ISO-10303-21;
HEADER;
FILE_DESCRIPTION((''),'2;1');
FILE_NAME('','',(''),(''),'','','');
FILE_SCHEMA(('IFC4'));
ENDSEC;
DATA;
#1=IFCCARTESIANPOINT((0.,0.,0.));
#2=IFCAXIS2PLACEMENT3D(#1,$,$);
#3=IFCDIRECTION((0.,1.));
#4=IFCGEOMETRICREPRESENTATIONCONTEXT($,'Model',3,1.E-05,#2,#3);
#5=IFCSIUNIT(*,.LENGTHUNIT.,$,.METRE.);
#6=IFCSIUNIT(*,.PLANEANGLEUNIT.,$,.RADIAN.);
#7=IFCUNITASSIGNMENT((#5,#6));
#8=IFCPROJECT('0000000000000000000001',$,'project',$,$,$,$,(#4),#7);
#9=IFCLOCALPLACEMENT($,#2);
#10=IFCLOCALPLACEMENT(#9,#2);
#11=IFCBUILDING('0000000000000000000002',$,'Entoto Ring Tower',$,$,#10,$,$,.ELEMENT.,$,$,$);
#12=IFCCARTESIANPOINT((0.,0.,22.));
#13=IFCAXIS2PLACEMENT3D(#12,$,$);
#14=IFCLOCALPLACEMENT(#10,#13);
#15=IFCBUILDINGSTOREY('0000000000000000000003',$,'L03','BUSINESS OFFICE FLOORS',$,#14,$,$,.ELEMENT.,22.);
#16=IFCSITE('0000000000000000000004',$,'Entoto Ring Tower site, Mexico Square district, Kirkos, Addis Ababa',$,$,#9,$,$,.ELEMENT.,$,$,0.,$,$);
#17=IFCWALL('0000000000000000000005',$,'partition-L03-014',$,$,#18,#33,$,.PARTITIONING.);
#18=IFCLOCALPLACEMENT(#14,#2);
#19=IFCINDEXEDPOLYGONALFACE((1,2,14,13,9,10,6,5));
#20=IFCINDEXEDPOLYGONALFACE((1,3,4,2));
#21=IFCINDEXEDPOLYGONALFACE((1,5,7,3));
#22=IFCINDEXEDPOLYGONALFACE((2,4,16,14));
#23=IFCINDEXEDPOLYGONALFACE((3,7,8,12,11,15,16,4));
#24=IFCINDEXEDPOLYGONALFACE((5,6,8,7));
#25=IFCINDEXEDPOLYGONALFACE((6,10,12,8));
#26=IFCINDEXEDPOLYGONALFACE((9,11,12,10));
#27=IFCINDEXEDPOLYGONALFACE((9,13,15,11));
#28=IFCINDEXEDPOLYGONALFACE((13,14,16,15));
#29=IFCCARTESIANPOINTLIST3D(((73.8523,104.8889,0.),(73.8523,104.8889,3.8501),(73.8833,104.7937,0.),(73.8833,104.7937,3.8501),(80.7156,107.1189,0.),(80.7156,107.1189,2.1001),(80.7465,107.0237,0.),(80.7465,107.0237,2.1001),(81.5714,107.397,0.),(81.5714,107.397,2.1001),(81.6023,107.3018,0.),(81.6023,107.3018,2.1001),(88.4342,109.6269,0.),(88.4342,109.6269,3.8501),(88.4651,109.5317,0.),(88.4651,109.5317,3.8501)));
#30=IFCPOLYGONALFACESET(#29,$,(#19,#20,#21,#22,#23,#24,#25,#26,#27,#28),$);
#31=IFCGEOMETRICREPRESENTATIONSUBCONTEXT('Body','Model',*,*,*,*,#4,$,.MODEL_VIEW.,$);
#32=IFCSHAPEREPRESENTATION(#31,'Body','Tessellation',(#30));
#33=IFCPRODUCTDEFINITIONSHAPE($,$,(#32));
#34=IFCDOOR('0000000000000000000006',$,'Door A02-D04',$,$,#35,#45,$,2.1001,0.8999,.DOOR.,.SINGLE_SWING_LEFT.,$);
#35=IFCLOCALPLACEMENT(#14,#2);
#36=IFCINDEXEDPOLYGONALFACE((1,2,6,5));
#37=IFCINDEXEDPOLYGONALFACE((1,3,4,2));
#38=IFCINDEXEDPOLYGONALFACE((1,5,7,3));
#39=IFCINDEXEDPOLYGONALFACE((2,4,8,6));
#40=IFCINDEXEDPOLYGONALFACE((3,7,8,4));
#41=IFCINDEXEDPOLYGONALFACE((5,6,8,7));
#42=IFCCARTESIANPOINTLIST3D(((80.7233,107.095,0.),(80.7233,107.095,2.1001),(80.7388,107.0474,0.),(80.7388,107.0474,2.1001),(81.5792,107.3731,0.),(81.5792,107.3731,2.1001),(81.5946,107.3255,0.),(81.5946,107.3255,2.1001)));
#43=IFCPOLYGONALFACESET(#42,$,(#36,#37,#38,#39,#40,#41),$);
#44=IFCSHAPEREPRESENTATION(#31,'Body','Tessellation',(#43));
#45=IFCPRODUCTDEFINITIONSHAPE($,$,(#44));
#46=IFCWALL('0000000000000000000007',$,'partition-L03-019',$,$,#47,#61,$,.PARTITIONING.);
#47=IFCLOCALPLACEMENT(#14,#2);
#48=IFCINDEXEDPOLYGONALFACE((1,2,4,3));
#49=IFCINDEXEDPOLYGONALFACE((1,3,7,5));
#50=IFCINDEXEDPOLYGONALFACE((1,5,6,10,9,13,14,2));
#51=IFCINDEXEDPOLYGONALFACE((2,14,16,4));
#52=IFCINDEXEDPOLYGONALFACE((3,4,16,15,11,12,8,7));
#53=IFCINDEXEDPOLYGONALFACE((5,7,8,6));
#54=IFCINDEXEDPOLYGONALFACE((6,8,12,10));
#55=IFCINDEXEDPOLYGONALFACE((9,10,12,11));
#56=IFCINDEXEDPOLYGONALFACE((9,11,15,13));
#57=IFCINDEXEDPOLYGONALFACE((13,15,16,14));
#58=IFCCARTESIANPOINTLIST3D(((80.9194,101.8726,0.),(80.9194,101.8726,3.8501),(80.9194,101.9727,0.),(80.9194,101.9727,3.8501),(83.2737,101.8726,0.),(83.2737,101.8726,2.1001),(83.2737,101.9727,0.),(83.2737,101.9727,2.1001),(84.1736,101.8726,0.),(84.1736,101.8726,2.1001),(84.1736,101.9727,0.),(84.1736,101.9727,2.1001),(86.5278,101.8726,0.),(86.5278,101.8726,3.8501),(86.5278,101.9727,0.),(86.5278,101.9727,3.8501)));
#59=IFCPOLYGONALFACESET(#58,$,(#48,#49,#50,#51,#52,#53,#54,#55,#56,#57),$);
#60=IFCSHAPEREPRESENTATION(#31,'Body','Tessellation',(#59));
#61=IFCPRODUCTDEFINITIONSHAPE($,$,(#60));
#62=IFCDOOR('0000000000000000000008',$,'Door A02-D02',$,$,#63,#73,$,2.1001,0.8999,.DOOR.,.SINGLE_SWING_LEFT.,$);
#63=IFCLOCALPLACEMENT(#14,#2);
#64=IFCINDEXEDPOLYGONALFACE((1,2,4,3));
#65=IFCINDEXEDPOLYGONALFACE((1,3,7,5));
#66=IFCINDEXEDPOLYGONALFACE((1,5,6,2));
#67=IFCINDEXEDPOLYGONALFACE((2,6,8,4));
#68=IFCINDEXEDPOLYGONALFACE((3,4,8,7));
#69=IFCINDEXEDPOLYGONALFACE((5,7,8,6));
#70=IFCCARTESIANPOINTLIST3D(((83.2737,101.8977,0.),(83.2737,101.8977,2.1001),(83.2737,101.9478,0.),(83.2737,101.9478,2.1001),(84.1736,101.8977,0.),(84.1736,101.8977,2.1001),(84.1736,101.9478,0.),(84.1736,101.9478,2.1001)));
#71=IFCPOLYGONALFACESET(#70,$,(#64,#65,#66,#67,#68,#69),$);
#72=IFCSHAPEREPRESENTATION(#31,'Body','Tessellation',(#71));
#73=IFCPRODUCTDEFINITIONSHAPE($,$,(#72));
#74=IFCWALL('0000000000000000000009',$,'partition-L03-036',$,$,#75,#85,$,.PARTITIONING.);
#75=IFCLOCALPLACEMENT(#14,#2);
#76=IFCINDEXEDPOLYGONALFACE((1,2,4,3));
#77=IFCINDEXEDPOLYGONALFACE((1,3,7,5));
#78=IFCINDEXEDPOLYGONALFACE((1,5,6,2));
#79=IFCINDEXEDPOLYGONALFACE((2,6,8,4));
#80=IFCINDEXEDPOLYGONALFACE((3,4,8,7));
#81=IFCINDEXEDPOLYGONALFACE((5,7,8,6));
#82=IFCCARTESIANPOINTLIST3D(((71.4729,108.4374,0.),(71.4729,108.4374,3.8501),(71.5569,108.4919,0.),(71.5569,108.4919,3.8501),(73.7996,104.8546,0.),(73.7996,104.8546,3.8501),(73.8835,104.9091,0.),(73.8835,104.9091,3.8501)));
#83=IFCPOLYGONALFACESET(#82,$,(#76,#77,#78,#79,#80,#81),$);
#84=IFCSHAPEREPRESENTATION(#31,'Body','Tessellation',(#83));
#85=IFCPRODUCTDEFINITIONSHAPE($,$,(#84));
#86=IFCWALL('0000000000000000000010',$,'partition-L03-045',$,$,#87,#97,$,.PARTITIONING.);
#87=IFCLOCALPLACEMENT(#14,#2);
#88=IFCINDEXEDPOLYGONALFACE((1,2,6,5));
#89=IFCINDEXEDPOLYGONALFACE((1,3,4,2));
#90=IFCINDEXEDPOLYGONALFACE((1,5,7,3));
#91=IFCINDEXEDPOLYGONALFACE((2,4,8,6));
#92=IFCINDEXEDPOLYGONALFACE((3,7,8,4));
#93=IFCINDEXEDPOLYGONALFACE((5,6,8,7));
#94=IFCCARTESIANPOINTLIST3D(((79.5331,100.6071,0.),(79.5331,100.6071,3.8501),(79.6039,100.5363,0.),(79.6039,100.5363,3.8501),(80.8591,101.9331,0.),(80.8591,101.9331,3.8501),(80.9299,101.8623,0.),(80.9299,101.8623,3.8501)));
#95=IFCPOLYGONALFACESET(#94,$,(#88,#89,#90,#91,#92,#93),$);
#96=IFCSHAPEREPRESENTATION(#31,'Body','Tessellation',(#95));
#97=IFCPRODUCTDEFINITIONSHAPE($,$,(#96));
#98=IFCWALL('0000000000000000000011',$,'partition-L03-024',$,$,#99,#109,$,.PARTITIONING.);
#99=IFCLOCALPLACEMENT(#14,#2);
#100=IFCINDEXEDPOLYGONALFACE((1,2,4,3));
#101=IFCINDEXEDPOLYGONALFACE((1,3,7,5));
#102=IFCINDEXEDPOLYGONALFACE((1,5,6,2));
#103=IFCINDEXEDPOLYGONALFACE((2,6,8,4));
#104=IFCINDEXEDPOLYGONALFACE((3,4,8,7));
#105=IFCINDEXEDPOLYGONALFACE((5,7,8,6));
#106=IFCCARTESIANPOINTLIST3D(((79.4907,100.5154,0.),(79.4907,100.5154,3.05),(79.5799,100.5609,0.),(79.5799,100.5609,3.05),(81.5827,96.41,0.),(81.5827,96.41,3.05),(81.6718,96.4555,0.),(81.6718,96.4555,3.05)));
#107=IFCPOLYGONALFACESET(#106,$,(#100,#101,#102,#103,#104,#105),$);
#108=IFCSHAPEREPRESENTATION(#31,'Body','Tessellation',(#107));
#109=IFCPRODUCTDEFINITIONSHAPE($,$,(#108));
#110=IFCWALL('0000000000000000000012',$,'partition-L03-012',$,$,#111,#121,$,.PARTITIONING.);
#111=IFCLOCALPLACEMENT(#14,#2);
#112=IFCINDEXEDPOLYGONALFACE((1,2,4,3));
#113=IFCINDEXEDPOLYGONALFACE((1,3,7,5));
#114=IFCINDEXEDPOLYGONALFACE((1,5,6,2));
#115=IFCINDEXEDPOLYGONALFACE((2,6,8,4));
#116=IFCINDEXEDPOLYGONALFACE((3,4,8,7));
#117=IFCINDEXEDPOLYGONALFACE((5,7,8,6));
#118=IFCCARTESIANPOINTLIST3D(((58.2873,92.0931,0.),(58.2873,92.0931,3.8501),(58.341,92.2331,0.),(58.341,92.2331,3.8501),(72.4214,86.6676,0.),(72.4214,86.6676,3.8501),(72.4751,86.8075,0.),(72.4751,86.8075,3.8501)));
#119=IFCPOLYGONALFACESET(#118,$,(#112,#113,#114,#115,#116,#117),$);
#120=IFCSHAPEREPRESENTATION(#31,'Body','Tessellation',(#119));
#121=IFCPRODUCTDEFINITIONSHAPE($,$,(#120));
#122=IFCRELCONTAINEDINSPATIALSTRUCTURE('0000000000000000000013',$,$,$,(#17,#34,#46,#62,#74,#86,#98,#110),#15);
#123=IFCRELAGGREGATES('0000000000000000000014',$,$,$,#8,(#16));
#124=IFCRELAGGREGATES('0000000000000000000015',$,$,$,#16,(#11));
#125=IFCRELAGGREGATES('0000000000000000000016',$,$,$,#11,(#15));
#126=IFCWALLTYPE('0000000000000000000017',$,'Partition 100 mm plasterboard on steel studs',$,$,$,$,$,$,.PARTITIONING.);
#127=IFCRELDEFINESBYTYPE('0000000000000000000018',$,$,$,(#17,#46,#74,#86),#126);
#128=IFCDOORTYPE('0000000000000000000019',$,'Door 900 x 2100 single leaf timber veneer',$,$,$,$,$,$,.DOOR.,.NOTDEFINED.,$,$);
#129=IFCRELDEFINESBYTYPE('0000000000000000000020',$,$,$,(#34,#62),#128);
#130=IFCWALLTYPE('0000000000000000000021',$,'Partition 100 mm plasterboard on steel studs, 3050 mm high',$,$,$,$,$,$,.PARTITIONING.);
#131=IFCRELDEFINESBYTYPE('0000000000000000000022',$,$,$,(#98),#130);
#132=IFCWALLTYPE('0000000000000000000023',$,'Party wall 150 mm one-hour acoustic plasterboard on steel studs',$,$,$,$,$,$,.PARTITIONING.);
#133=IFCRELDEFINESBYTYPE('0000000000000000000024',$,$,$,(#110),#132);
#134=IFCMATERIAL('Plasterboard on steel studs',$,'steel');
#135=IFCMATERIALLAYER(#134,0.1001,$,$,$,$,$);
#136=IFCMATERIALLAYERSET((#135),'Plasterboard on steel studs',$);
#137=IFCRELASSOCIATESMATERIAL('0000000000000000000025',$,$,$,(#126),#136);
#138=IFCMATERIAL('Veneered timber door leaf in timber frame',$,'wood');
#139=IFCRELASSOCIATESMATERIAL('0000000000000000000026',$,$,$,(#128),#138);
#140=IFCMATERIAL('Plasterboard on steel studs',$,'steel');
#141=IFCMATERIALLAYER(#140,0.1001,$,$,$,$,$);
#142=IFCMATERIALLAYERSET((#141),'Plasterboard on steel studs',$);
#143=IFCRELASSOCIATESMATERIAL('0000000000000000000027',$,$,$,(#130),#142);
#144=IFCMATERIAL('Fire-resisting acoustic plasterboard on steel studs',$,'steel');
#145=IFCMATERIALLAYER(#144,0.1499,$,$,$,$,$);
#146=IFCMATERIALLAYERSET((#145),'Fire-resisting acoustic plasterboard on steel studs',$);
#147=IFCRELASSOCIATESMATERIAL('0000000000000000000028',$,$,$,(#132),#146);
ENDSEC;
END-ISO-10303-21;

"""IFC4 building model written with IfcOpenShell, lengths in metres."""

from ifc_helpers import new_model, si_unit, direction, frame, frame_2d, origin, place, context, subcontext, project, spatial, rectangle, extrude, material, layer, layer_set, type_object, element, fill, save


model = new_model("IFC4")

# Units and contexts
model_context = context("Model", 3, precision=1e-05, world=origin(), true_north=direction((0.0, 1.0)))
body_context = subcontext(model_context, "Body", "Model", "MODEL_VIEW")
ifc_project = project(units=[si_unit("LENGTHUNIT", "METRE"), si_unit("PLANEANGLEUNIT", "RADIAN")], contexts=[model_context])

# Site, building, storey
site_placement = place(None, origin())
site = spatial("IfcSite", under=ifc_project, at=site_placement, Name="Entoto Ring Tower site, Mexico Square district, Kirkos, Addis Ababa", CompositionType="ELEMENT", RefElevation=0.0)
building_placement = place(site_placement, origin())
building = spatial("IfcBuilding", under=site, at=building_placement, Name="Entoto Ring Tower", CompositionType="ELEMENT")
storey_placement = place(building_placement, frame((0.0, 0.0, 22.0)))
storey = spatial("IfcBuildingStorey", under=building, at=storey_placement, Name="L03", Description="BUSINESS OFFICE FLOORS", CompositionType="ELEMENT", Elevation=22.0)

# Walls, openings, doors
ifc_material_1 = material(Name="Plasterboard on steel studs", Category="steel")
ifc_layer_1 = layer(ifc_material_1, 0.1001)
ifc_layer_set_1 = layer_set([ifc_layer_1], Name="Plasterboard on steel studs")
wall_type_1 = type_object("IfcWallType", Name="Partition 100 mm plasterboard on steel studs", PredefinedType="PARTITIONING", material=ifc_layer_set_1)
wall_1_placement = place(storey_placement, frame((73.8679, 104.8413, 0.0), z_axis=(0.0, 0.0, 1.0), x_axis=(0.951054, 0.309025, 0.0)))
wall_1 = element("IfcWall", 1, at=wall_1_placement, inside=storey, type_object=wall_type_1, Name="partition-L03-014", PredefinedType="PARTITIONING", context=body_context, shape_type="SweptSolid", body=[
    extrude(rectangle(XDim=15.3323, YDim=0.1001, at=frame_2d((7.666, 0.0))), origin(), (0.0, 0.0, 1.0), 3.8501),
])
opening_1_placement = place(wall_1_placement, frame((7.2163, 0.0, 0.0)))
opening_1 = element("IfcOpeningElement", 2, at=opening_1_placement, cuts=wall_1, PredefinedType="OPENING", context=body_context, shape_type="SweptSolid", body=[
    extrude(rectangle(XDim=0.8999, YDim=2.1001, at=frame_2d((0.45, 1.05))), frame((0.0, 0.0601, 0.0), z_axis=(0.0, -1.0, 0.0), x_axis=(1.0, 0.0, 0.0)), (0.0, 0.0, 1.0), 0.1201),
])
ifc_material_2 = material(Name="Veneered timber door leaf in timber frame", Category="wood")
door_type_1 = type_object("IfcDoorType", Name="Door 900 x 2100 single leaf timber veneer", OperationType="NOTDEFINED", PredefinedType="DOOR", material=ifc_material_2)
door_1_placement = place(opening_1_placement, origin())
door_1 = element("IfcDoor", 3, at=door_1_placement, inside=storey, type_object=door_type_1, Name="Door A02-D04", OperationType="SINGLE_SWING_LEFT", OverallHeight=2.1001, OverallWidth=0.8999, PredefinedType="DOOR", context=body_context, shape_type="SweptSolid", body=[
    extrude(rectangle(XDim=0.8999, YDim=2.1001, at=frame_2d((0.45, 1.05))), frame((0.0, 0.0249, 0.0), z_axis=(0.0, -1.0, 0.0), x_axis=(1.0, 0.0, 0.0)), (0.0, 0.0, 1.0), 0.05),
])
fill(opening_1, door_1)
wall_2_placement = place(storey_placement, frame((80.9194, 101.9226, 0.0), z_axis=(0.0, 0.0, 1.0), x_axis=(1.0, 0.0, 0.0)))
wall_2 = element("IfcWall", 4, at=wall_2_placement, inside=storey, type_object=wall_type_1, Name="partition-L03-019", PredefinedType="PARTITIONING", context=body_context, shape_type="SweptSolid", body=[
    extrude(rectangle(XDim=5.6084, YDim=0.1001, at=frame_2d((2.8042, 0.0))), origin(), (0.0, 0.0, 1.0), 3.8501),
])
opening_2_placement = place(wall_2_placement, frame((2.3542, 0.0, 0.0)))
opening_2 = element("IfcOpeningElement", 5, at=opening_2_placement, cuts=wall_2, PredefinedType="OPENING", context=body_context, shape_type="SweptSolid", body=[
    extrude(rectangle(XDim=0.8999, YDim=2.1001, at=frame_2d((0.45, 1.05))), frame((0.0, 0.0601, 0.0), z_axis=(0.0, -1.0, 0.0), x_axis=(1.0, 0.0, 0.0)), (0.0, 0.0, 1.0), 0.1201),
])
door_2_placement = place(opening_2_placement, frame((0.8999, 0.0, 0.0), z_axis=(0.0, 0.0, 1.0), x_axis=(-1.0, 0.0, 0.0)))
door_2 = element("IfcDoor", 6, at=door_2_placement, inside=storey, type_object=door_type_1, Name="Door A02-D02", OperationType="SINGLE_SWING_LEFT", OverallHeight=2.1001, OverallWidth=0.8999, PredefinedType="DOOR", context=body_context, shape_type="SweptSolid", body=[
    extrude(rectangle(XDim=0.8999, YDim=2.1001, at=frame_2d((0.45, 1.05))), frame((0.0, 0.0249, 0.0), z_axis=(0.0, -1.0, 0.0), x_axis=(1.0, 0.0, 0.0)), (0.0, 0.0, 1.0), 0.05),
])
fill(opening_2, door_2)

# Walls
wall_3_placement = place(storey_placement, frame((73.8416, 104.8818, 0.0), z_axis=(0.0, 0.0, 1.0), x_axis=(-0.544637, 0.838672, 0.0)))
element("IfcWall", 7, at=wall_3_placement, inside=storey, type_object=wall_type_1, Name="partition-L03-036", PredefinedType="PARTITIONING", context=body_context, shape_type="SweptSolid", body=[
    extrude(rectangle(XDim=4.272, YDim=0.1001, at=frame_2d((2.136, 0.0))), origin(), (0.0, 0.0, 1.0), 3.8501),
])
wall_4_placement = place(storey_placement, frame((79.5686, 100.5718, 0.0), z_axis=(0.0, 0.0, 1.0), x_axis=(0.707107, 0.707107, 0.0)))
element("IfcWall", 8, at=wall_4_placement, inside=storey, type_object=wall_type_1, Name="partition-L03-045", PredefinedType="PARTITIONING", context=body_context, shape_type="SweptSolid", body=[
    extrude(rectangle(XDim=1.8752, YDim=0.1001, at=frame_2d((0.9375, 0.0))), origin(), (0.0, 0.0, 1.0), 3.8501),
])
ifc_material_3 = material(Name="Plasterboard on steel studs", Category="steel")
ifc_layer_2 = layer(ifc_material_3, 0.1001)
ifc_layer_set_2 = layer_set([ifc_layer_2], Name="Plasterboard on steel studs")
wall_type_2 = type_object("IfcWallType", Name="Partition 100 mm plasterboard on steel studs, 3050 mm high", PredefinedType="PARTITIONING", material=ifc_layer_set_2)
wall_5_placement = place(storey_placement, frame((81.6272, 96.4329, 0.0), z_axis=(0.0, 0.0, 1.0), x_axis=(-0.454025, 0.890989, 0.0)))
element("IfcWall", 9, at=wall_5_placement, inside=storey, type_object=wall_type_2, Name="partition-L03-024", PredefinedType="PARTITIONING", context=body_context, shape_type="SweptSolid", body=[
    extrude(rectangle(XDim=4.6077, YDim=0.1001, at=frame_2d((2.3037, 0.0))), origin(), (0.0, 0.0, 1.0), 3.05),
])
ifc_material_4 = material(Name="Fire-resisting acoustic plasterboard on steel studs", Category="steel")
ifc_layer_3 = layer(ifc_material_4, 0.1499)
ifc_layer_set_3 = layer_set([ifc_layer_3], Name="Fire-resisting acoustic plasterboard on steel studs")
wall_type_3 = type_object("IfcWallType", Name="Party wall 150 mm one-hour acoustic plasterboard on steel studs", PredefinedType="PARTITIONING", material=ifc_layer_set_3)
wall_6_placement = place(storey_placement, frame((72.4482, 86.7375, 0.0), z_axis=(0.0, 0.0, 1.0), x_axis=(-0.933581, 0.358367, 0.0)))
element("IfcWall", 10, at=wall_6_placement, inside=storey, type_object=wall_type_3, Name="partition-L03-012", PredefinedType="PARTITIONING", context=body_context, shape_type="SweptSolid", body=[
    extrude(rectangle(XDim=15.1396, YDim=0.1499, at=frame_2d((7.5698, 0.0))), origin(), (0.0, 0.0, 1.0), 3.8501),
])

save(model, "model.ifc")
